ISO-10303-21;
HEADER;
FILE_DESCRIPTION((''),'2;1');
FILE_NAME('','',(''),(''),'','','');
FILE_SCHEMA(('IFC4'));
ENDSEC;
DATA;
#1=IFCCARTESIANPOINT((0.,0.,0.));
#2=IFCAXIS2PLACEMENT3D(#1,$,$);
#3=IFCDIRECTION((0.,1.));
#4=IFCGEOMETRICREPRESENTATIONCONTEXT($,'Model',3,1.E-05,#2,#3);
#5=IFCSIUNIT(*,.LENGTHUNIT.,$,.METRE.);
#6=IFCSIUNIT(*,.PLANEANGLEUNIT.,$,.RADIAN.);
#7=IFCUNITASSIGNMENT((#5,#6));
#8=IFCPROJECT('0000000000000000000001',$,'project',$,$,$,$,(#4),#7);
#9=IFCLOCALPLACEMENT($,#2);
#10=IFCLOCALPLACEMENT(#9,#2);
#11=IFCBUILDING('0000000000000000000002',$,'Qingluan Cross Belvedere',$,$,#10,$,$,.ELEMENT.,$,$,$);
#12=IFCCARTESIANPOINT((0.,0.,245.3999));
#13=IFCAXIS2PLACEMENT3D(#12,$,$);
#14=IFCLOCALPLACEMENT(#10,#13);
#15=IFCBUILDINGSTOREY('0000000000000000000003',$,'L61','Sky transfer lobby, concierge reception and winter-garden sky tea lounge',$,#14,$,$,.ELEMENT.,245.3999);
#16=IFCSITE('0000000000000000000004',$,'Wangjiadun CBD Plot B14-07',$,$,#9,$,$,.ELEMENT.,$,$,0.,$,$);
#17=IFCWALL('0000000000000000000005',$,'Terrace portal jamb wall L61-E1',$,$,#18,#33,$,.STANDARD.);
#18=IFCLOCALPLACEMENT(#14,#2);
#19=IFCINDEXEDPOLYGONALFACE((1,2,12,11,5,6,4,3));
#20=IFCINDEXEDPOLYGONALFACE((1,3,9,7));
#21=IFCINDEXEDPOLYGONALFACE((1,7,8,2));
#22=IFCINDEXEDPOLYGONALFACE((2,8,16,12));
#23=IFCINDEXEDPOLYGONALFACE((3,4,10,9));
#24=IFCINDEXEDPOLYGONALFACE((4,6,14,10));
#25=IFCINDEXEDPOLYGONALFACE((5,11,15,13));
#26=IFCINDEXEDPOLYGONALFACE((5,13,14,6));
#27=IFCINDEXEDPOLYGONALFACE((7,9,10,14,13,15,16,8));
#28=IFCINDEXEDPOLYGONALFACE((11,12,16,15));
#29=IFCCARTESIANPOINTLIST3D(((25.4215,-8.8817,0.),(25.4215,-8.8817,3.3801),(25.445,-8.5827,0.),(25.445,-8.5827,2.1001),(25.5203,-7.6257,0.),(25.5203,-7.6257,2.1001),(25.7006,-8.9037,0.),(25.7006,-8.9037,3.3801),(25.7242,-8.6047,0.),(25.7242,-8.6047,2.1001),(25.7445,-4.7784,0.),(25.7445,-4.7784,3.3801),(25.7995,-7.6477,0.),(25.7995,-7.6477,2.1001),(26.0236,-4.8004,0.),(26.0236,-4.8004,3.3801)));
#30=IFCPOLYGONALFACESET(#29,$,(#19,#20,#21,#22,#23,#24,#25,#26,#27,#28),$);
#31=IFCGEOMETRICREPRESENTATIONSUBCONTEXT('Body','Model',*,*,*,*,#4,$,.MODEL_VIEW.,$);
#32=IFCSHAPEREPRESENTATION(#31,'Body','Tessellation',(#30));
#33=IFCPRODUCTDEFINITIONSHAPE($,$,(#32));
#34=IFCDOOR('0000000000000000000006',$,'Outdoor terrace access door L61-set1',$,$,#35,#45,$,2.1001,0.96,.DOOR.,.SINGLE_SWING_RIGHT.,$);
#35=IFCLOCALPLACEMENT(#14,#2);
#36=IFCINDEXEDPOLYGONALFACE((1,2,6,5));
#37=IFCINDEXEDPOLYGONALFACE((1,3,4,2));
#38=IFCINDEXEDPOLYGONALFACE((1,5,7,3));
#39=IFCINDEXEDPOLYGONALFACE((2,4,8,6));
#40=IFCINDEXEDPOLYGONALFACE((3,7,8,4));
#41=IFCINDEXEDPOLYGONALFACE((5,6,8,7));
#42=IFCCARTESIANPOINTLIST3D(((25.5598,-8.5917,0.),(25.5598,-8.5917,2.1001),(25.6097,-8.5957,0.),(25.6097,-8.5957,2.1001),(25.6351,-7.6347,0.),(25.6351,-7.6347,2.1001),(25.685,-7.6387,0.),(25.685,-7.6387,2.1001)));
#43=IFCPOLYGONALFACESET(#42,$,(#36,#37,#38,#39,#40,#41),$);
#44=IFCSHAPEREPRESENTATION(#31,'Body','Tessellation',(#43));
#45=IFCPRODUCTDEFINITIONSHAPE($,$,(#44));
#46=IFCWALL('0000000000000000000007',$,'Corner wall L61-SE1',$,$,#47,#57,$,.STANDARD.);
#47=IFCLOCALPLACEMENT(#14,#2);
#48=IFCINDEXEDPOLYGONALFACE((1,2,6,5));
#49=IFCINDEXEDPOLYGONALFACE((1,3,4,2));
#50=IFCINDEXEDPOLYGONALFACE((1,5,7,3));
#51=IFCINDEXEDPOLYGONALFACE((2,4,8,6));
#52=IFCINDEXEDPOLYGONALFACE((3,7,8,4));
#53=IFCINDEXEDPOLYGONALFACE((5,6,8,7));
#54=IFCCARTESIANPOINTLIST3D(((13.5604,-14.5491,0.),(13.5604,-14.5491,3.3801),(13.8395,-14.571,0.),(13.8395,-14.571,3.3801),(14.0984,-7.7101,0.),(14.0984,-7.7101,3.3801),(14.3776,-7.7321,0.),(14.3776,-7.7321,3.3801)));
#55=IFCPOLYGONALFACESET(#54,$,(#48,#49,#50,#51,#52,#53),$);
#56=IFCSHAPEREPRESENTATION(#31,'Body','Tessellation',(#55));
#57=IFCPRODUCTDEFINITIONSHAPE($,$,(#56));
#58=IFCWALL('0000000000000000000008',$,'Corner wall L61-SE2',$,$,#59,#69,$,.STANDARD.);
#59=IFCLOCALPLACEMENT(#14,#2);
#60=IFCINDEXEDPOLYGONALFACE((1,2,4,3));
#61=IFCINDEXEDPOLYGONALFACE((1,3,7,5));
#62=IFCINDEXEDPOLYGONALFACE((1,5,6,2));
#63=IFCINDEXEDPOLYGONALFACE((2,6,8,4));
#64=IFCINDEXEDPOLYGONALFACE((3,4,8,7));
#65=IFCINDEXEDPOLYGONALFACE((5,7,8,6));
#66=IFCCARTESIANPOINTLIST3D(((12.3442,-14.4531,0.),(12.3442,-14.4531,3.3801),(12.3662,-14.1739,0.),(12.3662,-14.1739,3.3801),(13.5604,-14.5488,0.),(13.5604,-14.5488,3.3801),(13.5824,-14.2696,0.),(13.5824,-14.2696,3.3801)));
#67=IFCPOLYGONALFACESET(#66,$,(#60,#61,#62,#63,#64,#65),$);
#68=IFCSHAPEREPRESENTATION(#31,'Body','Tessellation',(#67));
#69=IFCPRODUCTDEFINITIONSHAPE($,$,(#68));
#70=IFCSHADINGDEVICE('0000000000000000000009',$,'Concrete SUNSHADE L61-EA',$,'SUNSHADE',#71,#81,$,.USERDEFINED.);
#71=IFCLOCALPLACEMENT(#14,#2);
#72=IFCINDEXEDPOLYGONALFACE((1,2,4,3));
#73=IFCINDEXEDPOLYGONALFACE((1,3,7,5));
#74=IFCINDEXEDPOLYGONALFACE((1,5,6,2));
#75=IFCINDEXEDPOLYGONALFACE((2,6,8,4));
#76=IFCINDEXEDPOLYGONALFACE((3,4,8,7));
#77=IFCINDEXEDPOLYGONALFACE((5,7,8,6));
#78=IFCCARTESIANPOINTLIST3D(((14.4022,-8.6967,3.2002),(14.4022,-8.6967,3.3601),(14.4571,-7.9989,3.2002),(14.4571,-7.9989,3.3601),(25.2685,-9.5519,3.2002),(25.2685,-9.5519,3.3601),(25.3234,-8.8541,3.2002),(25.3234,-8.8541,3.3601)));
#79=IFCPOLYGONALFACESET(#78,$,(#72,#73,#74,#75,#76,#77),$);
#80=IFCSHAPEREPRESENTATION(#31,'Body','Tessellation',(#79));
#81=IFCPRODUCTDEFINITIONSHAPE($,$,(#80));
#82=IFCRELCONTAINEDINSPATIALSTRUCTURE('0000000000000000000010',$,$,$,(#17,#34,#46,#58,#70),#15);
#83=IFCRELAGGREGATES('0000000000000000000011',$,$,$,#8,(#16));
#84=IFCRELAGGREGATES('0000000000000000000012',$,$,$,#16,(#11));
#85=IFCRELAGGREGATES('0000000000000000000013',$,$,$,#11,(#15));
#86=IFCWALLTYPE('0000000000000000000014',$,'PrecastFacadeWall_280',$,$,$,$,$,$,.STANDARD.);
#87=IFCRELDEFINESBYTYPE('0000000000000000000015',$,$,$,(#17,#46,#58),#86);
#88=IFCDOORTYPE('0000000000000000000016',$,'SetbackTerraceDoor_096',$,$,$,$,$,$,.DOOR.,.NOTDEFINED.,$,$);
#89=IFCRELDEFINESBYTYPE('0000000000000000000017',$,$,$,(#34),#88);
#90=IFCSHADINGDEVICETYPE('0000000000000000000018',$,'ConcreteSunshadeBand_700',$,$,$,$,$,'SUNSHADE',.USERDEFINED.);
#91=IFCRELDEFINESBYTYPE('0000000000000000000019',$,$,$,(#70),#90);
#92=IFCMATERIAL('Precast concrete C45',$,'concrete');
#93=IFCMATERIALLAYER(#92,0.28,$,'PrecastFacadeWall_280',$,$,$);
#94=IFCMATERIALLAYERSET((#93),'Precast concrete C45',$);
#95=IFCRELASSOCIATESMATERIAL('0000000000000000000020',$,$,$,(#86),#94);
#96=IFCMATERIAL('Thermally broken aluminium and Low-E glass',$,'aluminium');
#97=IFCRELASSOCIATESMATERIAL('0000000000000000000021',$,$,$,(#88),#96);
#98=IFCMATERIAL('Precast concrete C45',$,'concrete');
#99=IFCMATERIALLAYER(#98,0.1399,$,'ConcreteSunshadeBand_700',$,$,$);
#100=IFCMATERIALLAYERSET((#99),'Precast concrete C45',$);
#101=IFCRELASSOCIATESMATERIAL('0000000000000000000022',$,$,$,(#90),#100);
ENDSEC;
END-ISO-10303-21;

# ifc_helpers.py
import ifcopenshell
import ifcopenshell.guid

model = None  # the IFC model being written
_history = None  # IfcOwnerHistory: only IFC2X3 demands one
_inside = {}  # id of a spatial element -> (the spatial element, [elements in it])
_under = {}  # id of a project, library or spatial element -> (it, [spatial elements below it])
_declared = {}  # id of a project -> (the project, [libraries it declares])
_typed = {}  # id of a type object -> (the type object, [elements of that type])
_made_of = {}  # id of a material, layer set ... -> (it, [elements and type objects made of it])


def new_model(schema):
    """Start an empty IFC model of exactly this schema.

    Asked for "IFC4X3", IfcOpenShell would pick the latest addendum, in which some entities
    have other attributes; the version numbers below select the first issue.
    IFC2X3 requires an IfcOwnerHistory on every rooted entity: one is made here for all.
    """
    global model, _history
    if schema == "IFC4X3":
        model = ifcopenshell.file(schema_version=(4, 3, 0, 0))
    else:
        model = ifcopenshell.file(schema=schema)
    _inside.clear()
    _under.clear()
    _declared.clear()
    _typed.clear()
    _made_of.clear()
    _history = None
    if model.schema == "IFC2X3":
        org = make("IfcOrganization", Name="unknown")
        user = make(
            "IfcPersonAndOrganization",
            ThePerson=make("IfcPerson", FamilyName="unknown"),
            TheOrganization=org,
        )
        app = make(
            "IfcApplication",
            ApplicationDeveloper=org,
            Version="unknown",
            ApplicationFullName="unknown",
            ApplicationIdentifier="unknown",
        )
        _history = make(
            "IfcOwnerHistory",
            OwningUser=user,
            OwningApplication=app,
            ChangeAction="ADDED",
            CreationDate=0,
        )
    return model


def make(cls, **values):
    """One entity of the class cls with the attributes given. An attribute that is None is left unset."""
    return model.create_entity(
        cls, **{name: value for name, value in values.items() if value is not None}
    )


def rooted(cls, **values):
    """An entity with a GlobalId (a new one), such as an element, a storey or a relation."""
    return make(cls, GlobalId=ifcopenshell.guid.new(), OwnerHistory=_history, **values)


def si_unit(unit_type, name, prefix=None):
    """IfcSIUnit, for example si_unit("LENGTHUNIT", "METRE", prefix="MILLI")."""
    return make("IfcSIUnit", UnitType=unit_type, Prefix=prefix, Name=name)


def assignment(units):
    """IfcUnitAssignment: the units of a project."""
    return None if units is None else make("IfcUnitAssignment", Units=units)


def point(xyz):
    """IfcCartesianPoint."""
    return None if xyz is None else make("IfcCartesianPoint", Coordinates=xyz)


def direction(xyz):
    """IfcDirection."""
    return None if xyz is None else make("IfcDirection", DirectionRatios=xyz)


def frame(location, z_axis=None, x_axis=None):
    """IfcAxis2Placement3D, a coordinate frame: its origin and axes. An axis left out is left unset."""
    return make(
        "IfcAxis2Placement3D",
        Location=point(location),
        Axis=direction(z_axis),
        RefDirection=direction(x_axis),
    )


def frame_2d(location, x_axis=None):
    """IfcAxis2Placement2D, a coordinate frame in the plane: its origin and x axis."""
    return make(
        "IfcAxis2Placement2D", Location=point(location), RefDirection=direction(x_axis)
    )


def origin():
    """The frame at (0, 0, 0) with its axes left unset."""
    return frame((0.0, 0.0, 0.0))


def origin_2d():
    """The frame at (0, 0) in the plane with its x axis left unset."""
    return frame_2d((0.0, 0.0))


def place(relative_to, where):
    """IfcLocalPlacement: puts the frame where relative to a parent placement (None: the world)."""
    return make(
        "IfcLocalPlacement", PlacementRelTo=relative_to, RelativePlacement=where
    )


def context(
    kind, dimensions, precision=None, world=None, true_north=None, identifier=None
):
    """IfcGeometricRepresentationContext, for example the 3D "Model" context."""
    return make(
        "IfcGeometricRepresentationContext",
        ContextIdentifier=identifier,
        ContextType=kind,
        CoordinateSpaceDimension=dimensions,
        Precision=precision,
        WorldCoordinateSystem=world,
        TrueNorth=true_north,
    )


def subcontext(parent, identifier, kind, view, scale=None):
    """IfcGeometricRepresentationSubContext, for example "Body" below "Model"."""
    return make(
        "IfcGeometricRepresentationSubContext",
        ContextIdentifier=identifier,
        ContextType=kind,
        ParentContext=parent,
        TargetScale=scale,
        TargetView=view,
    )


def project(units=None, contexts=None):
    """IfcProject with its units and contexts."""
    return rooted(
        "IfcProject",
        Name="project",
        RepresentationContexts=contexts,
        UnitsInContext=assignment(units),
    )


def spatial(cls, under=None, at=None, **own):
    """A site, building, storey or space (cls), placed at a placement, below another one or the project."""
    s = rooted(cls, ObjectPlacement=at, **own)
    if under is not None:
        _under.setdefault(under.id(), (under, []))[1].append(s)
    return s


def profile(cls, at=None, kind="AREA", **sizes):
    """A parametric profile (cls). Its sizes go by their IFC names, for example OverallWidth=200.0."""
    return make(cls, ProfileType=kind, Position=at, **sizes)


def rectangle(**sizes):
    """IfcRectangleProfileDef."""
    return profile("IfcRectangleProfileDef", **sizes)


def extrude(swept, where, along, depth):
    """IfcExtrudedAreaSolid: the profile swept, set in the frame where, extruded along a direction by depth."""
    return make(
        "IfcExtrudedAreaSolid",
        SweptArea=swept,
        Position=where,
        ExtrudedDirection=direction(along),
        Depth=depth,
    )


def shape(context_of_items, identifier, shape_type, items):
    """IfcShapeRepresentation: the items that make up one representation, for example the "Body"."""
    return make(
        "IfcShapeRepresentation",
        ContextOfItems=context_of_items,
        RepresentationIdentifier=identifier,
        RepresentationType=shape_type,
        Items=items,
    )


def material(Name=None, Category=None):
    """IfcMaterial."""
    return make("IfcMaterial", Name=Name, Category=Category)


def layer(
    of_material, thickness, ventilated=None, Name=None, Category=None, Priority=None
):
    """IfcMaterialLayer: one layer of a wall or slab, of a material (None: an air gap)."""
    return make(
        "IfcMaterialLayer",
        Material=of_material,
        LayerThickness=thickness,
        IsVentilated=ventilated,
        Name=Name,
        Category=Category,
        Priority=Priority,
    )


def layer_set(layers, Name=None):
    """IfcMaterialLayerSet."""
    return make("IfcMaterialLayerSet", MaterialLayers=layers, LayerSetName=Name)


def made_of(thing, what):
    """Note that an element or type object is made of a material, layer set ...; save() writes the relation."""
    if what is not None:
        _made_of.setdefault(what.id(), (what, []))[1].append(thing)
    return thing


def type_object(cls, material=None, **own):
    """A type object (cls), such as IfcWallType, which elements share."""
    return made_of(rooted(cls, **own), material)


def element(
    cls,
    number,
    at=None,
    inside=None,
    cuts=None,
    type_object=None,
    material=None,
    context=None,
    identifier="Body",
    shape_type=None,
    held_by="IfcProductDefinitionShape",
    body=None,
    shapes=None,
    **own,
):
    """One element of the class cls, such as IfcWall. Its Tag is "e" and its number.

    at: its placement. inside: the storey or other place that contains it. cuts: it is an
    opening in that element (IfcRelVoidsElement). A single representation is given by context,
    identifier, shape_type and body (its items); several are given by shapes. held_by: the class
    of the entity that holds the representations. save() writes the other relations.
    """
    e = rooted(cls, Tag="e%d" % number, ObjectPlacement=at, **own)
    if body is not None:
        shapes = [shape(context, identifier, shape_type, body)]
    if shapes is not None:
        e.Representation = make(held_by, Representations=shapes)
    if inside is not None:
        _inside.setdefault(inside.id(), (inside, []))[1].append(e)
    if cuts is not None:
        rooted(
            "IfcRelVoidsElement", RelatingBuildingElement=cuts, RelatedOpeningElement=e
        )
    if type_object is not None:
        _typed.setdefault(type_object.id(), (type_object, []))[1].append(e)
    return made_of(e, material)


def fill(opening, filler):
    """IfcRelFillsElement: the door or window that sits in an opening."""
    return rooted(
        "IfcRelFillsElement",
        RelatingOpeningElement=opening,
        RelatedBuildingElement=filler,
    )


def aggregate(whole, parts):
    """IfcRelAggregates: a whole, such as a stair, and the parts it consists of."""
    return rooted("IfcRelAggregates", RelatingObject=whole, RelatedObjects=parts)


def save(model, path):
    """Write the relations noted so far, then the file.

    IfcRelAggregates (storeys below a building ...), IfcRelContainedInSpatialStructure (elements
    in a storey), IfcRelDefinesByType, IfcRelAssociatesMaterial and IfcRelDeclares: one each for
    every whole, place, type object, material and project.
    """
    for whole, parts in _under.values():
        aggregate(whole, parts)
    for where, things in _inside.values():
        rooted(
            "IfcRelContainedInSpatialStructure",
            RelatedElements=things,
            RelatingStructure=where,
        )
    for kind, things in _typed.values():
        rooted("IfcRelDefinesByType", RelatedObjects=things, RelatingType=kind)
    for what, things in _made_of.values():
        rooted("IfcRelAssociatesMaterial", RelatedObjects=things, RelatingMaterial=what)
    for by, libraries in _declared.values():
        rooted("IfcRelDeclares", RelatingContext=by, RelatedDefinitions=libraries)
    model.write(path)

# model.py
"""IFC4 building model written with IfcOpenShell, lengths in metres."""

from ifc_helpers import new_model, si_unit, direction, frame, frame_2d, origin, origin_2d, place, context, subcontext, project, spatial, rectangle, extrude, material, layer, layer_set, type_object, element, fill, save


model = new_model("IFC4")

# Units and contexts
model_context = context("Model", 3, precision=1e-05, world=origin(), true_north=direction((0.0, 1.0)))
body_context = subcontext(model_context, "Body", "Model", "MODEL_VIEW")
ifc_project = project(units=[si_unit("LENGTHUNIT", "METRE"), si_unit("PLANEANGLEUNIT", "RADIAN")], contexts=[model_context])

# Site, building, storey
site_placement = place(None, origin())
site = spatial("IfcSite", under=ifc_project, at=site_placement, Name="Wangjiadun CBD Plot B14-07", CompositionType="ELEMENT", RefElevation=0.0)
building_placement = place(site_placement, origin())
building = spatial("IfcBuilding", under=site, at=building_placement, Name="Qingluan Cross Belvedere", CompositionType="ELEMENT")
storey_placement = place(building_placement, frame((0.0, 0.0, 245.3999)))
storey = spatial("IfcBuildingStorey", under=building, at=storey_placement, Name="L61", Description="Sky transfer lobby, concierge reception and winter-garden sky tea lounge", CompositionType="ELEMENT", Elevation=245.3999)

# Shared definitions
ifc_material_1 = material(Name="Precast concrete C45", Category="concrete")
ifc_layer_1 = layer(ifc_material_1, 0.28, Name="PrecastFacadeWall_280")
ifc_layer_set_1 = layer_set([ifc_layer_1], Name="Precast concrete C45")
wall_type_1 = type_object("IfcWallType", Name="PrecastFacadeWall_280", PredefinedType="STANDARD", material=ifc_layer_set_1)

# Wall, opening, door
wall_1_placement = place(storey_placement, frame((25.561, -8.8928, 0.0), z_axis=(0.0, 0.0, 1.0), x_axis=(0.078474, 0.996916, 0.0)))
wall_1 = element("IfcWall", 1, at=wall_1_placement, inside=storey, type_object=wall_type_1, Name="Terrace portal jamb wall L61-E1", PredefinedType="STANDARD", context=body_context, shape_type="SweptSolid", body=[
    extrude(rectangle(XDim=4.116, YDim=0.28, at=frame_2d((2.0581, 0.0))), origin(), (0.0, 0.0, 1.0), 3.3801),
])
opening_1_placement = place(wall_1_placement, frame((0.3, 0.0, 0.0)))
opening_1 = element("IfcOpeningElement", 2, at=opening_1_placement, cuts=wall_1, PredefinedType="OPENING", context=body_context, shape_type="SweptSolid", body=[
    extrude(rectangle(XDim=0.96, YDim=2.1001, at=frame_2d((0.48, 1.05))), frame((0.0, 0.1499, 0.0), z_axis=(0.0, -1.0, 0.0), x_axis=(1.0, 0.0, 0.0)), (0.0, 0.0, 1.0), 0.3),
])
ifc_material_2 = material(Name="Thermally broken aluminium and Low-E glass", Category="aluminium")
door_type = type_object("IfcDoorType", Name="SetbackTerraceDoor_096", OperationType="NOTDEFINED", PredefinedType="DOOR", material=ifc_material_2)
door_placement = place(opening_1_placement, origin())
door = element("IfcDoor", 3, at=door_placement, inside=storey, type_object=door_type, Name="Outdoor terrace access door L61-set1", OperationType="SINGLE_SWING_RIGHT", OverallHeight=2.1001, OverallWidth=0.96, PredefinedType="DOOR", context=body_context, shape_type="SweptSolid", body=[
    extrude(rectangle(XDim=0.96, YDim=2.1001, at=frame_2d((0.48, 1.05))), frame((0.0, 0.0249, 0.0), z_axis=(0.0, -1.0, 0.0), x_axis=(1.0, 0.0, 0.0)), (0.0, 0.0, 1.0), 0.05),
])
fill(opening_1, door)

# Walls
wall_2_placement = place(storey_placement, frame((14.238, -7.7209, 0.0), z_axis=(0.0, 0.0, 1.0), x_axis=(-0.078438, -0.996919, 0.0)))
element("IfcWall", 4, at=wall_2_placement, inside=storey, type_object=wall_type_1, Name="Corner wall L61-SE1", PredefinedType="STANDARD", context=body_context, shape_type="SweptSolid", body=[
    extrude(rectangle(XDim=6.8601, YDim=0.28, at=frame_2d((3.4302, 0.0))), origin(), (0.0, 0.0, 1.0), 3.3801),
])
wall_3_placement = place(storey_placement, frame((13.5713, -14.4092, 0.0), z_axis=(0.0, 0.0, 1.0), x_axis=(-0.996919, 0.078441, 0.0)))
element("IfcWall", 5, at=wall_3_placement, inside=storey, type_object=wall_type_1, Name="Corner wall L61-SE2", PredefinedType="STANDARD", context=body_context, shape_type="SweptSolid", body=[
    extrude(rectangle(XDim=1.22, YDim=0.28, at=frame_2d((0.6099, 0.0))), origin(), (0.0, 0.0, 1.0), 3.3801),
])

# Shading device
ifc_material_3 = material(Name="Precast concrete C45", Category="concrete")
ifc_layer_2 = layer(ifc_material_3, 0.1399, Name="ConcreteSunshadeBand_700")
ifc_layer_set_2 = layer_set([ifc_layer_2], Name="Precast concrete C45")
shading_device_type = type_object("IfcShadingDeviceType", Name="ConcreteSunshadeBand_700", ElementType="SUNSHADE", PredefinedType="USERDEFINED", material=ifc_layer_set_2)
shading_device_placement = place(storey_placement, frame((19.8628, -8.7754, 3.2002), z_axis=(0.0, 0.0, 1.0), x_axis=(0.996917, -0.078459, 0.0)))
element("IfcShadingDevice", 6, at=shading_device_placement, inside=storey, type_object=shading_device_type, Name="Concrete SUNSHADE L61-EA", ObjectType="SUNSHADE", PredefinedType="USERDEFINED", context=body_context, shape_type="SweptSolid", body=[
    extrude(rectangle(XDim=10.8999, YDim=0.7, at=origin_2d()), origin(), (0.0, 0.0, 1.0), 0.1599),
])

save(model, "model.ifc")
